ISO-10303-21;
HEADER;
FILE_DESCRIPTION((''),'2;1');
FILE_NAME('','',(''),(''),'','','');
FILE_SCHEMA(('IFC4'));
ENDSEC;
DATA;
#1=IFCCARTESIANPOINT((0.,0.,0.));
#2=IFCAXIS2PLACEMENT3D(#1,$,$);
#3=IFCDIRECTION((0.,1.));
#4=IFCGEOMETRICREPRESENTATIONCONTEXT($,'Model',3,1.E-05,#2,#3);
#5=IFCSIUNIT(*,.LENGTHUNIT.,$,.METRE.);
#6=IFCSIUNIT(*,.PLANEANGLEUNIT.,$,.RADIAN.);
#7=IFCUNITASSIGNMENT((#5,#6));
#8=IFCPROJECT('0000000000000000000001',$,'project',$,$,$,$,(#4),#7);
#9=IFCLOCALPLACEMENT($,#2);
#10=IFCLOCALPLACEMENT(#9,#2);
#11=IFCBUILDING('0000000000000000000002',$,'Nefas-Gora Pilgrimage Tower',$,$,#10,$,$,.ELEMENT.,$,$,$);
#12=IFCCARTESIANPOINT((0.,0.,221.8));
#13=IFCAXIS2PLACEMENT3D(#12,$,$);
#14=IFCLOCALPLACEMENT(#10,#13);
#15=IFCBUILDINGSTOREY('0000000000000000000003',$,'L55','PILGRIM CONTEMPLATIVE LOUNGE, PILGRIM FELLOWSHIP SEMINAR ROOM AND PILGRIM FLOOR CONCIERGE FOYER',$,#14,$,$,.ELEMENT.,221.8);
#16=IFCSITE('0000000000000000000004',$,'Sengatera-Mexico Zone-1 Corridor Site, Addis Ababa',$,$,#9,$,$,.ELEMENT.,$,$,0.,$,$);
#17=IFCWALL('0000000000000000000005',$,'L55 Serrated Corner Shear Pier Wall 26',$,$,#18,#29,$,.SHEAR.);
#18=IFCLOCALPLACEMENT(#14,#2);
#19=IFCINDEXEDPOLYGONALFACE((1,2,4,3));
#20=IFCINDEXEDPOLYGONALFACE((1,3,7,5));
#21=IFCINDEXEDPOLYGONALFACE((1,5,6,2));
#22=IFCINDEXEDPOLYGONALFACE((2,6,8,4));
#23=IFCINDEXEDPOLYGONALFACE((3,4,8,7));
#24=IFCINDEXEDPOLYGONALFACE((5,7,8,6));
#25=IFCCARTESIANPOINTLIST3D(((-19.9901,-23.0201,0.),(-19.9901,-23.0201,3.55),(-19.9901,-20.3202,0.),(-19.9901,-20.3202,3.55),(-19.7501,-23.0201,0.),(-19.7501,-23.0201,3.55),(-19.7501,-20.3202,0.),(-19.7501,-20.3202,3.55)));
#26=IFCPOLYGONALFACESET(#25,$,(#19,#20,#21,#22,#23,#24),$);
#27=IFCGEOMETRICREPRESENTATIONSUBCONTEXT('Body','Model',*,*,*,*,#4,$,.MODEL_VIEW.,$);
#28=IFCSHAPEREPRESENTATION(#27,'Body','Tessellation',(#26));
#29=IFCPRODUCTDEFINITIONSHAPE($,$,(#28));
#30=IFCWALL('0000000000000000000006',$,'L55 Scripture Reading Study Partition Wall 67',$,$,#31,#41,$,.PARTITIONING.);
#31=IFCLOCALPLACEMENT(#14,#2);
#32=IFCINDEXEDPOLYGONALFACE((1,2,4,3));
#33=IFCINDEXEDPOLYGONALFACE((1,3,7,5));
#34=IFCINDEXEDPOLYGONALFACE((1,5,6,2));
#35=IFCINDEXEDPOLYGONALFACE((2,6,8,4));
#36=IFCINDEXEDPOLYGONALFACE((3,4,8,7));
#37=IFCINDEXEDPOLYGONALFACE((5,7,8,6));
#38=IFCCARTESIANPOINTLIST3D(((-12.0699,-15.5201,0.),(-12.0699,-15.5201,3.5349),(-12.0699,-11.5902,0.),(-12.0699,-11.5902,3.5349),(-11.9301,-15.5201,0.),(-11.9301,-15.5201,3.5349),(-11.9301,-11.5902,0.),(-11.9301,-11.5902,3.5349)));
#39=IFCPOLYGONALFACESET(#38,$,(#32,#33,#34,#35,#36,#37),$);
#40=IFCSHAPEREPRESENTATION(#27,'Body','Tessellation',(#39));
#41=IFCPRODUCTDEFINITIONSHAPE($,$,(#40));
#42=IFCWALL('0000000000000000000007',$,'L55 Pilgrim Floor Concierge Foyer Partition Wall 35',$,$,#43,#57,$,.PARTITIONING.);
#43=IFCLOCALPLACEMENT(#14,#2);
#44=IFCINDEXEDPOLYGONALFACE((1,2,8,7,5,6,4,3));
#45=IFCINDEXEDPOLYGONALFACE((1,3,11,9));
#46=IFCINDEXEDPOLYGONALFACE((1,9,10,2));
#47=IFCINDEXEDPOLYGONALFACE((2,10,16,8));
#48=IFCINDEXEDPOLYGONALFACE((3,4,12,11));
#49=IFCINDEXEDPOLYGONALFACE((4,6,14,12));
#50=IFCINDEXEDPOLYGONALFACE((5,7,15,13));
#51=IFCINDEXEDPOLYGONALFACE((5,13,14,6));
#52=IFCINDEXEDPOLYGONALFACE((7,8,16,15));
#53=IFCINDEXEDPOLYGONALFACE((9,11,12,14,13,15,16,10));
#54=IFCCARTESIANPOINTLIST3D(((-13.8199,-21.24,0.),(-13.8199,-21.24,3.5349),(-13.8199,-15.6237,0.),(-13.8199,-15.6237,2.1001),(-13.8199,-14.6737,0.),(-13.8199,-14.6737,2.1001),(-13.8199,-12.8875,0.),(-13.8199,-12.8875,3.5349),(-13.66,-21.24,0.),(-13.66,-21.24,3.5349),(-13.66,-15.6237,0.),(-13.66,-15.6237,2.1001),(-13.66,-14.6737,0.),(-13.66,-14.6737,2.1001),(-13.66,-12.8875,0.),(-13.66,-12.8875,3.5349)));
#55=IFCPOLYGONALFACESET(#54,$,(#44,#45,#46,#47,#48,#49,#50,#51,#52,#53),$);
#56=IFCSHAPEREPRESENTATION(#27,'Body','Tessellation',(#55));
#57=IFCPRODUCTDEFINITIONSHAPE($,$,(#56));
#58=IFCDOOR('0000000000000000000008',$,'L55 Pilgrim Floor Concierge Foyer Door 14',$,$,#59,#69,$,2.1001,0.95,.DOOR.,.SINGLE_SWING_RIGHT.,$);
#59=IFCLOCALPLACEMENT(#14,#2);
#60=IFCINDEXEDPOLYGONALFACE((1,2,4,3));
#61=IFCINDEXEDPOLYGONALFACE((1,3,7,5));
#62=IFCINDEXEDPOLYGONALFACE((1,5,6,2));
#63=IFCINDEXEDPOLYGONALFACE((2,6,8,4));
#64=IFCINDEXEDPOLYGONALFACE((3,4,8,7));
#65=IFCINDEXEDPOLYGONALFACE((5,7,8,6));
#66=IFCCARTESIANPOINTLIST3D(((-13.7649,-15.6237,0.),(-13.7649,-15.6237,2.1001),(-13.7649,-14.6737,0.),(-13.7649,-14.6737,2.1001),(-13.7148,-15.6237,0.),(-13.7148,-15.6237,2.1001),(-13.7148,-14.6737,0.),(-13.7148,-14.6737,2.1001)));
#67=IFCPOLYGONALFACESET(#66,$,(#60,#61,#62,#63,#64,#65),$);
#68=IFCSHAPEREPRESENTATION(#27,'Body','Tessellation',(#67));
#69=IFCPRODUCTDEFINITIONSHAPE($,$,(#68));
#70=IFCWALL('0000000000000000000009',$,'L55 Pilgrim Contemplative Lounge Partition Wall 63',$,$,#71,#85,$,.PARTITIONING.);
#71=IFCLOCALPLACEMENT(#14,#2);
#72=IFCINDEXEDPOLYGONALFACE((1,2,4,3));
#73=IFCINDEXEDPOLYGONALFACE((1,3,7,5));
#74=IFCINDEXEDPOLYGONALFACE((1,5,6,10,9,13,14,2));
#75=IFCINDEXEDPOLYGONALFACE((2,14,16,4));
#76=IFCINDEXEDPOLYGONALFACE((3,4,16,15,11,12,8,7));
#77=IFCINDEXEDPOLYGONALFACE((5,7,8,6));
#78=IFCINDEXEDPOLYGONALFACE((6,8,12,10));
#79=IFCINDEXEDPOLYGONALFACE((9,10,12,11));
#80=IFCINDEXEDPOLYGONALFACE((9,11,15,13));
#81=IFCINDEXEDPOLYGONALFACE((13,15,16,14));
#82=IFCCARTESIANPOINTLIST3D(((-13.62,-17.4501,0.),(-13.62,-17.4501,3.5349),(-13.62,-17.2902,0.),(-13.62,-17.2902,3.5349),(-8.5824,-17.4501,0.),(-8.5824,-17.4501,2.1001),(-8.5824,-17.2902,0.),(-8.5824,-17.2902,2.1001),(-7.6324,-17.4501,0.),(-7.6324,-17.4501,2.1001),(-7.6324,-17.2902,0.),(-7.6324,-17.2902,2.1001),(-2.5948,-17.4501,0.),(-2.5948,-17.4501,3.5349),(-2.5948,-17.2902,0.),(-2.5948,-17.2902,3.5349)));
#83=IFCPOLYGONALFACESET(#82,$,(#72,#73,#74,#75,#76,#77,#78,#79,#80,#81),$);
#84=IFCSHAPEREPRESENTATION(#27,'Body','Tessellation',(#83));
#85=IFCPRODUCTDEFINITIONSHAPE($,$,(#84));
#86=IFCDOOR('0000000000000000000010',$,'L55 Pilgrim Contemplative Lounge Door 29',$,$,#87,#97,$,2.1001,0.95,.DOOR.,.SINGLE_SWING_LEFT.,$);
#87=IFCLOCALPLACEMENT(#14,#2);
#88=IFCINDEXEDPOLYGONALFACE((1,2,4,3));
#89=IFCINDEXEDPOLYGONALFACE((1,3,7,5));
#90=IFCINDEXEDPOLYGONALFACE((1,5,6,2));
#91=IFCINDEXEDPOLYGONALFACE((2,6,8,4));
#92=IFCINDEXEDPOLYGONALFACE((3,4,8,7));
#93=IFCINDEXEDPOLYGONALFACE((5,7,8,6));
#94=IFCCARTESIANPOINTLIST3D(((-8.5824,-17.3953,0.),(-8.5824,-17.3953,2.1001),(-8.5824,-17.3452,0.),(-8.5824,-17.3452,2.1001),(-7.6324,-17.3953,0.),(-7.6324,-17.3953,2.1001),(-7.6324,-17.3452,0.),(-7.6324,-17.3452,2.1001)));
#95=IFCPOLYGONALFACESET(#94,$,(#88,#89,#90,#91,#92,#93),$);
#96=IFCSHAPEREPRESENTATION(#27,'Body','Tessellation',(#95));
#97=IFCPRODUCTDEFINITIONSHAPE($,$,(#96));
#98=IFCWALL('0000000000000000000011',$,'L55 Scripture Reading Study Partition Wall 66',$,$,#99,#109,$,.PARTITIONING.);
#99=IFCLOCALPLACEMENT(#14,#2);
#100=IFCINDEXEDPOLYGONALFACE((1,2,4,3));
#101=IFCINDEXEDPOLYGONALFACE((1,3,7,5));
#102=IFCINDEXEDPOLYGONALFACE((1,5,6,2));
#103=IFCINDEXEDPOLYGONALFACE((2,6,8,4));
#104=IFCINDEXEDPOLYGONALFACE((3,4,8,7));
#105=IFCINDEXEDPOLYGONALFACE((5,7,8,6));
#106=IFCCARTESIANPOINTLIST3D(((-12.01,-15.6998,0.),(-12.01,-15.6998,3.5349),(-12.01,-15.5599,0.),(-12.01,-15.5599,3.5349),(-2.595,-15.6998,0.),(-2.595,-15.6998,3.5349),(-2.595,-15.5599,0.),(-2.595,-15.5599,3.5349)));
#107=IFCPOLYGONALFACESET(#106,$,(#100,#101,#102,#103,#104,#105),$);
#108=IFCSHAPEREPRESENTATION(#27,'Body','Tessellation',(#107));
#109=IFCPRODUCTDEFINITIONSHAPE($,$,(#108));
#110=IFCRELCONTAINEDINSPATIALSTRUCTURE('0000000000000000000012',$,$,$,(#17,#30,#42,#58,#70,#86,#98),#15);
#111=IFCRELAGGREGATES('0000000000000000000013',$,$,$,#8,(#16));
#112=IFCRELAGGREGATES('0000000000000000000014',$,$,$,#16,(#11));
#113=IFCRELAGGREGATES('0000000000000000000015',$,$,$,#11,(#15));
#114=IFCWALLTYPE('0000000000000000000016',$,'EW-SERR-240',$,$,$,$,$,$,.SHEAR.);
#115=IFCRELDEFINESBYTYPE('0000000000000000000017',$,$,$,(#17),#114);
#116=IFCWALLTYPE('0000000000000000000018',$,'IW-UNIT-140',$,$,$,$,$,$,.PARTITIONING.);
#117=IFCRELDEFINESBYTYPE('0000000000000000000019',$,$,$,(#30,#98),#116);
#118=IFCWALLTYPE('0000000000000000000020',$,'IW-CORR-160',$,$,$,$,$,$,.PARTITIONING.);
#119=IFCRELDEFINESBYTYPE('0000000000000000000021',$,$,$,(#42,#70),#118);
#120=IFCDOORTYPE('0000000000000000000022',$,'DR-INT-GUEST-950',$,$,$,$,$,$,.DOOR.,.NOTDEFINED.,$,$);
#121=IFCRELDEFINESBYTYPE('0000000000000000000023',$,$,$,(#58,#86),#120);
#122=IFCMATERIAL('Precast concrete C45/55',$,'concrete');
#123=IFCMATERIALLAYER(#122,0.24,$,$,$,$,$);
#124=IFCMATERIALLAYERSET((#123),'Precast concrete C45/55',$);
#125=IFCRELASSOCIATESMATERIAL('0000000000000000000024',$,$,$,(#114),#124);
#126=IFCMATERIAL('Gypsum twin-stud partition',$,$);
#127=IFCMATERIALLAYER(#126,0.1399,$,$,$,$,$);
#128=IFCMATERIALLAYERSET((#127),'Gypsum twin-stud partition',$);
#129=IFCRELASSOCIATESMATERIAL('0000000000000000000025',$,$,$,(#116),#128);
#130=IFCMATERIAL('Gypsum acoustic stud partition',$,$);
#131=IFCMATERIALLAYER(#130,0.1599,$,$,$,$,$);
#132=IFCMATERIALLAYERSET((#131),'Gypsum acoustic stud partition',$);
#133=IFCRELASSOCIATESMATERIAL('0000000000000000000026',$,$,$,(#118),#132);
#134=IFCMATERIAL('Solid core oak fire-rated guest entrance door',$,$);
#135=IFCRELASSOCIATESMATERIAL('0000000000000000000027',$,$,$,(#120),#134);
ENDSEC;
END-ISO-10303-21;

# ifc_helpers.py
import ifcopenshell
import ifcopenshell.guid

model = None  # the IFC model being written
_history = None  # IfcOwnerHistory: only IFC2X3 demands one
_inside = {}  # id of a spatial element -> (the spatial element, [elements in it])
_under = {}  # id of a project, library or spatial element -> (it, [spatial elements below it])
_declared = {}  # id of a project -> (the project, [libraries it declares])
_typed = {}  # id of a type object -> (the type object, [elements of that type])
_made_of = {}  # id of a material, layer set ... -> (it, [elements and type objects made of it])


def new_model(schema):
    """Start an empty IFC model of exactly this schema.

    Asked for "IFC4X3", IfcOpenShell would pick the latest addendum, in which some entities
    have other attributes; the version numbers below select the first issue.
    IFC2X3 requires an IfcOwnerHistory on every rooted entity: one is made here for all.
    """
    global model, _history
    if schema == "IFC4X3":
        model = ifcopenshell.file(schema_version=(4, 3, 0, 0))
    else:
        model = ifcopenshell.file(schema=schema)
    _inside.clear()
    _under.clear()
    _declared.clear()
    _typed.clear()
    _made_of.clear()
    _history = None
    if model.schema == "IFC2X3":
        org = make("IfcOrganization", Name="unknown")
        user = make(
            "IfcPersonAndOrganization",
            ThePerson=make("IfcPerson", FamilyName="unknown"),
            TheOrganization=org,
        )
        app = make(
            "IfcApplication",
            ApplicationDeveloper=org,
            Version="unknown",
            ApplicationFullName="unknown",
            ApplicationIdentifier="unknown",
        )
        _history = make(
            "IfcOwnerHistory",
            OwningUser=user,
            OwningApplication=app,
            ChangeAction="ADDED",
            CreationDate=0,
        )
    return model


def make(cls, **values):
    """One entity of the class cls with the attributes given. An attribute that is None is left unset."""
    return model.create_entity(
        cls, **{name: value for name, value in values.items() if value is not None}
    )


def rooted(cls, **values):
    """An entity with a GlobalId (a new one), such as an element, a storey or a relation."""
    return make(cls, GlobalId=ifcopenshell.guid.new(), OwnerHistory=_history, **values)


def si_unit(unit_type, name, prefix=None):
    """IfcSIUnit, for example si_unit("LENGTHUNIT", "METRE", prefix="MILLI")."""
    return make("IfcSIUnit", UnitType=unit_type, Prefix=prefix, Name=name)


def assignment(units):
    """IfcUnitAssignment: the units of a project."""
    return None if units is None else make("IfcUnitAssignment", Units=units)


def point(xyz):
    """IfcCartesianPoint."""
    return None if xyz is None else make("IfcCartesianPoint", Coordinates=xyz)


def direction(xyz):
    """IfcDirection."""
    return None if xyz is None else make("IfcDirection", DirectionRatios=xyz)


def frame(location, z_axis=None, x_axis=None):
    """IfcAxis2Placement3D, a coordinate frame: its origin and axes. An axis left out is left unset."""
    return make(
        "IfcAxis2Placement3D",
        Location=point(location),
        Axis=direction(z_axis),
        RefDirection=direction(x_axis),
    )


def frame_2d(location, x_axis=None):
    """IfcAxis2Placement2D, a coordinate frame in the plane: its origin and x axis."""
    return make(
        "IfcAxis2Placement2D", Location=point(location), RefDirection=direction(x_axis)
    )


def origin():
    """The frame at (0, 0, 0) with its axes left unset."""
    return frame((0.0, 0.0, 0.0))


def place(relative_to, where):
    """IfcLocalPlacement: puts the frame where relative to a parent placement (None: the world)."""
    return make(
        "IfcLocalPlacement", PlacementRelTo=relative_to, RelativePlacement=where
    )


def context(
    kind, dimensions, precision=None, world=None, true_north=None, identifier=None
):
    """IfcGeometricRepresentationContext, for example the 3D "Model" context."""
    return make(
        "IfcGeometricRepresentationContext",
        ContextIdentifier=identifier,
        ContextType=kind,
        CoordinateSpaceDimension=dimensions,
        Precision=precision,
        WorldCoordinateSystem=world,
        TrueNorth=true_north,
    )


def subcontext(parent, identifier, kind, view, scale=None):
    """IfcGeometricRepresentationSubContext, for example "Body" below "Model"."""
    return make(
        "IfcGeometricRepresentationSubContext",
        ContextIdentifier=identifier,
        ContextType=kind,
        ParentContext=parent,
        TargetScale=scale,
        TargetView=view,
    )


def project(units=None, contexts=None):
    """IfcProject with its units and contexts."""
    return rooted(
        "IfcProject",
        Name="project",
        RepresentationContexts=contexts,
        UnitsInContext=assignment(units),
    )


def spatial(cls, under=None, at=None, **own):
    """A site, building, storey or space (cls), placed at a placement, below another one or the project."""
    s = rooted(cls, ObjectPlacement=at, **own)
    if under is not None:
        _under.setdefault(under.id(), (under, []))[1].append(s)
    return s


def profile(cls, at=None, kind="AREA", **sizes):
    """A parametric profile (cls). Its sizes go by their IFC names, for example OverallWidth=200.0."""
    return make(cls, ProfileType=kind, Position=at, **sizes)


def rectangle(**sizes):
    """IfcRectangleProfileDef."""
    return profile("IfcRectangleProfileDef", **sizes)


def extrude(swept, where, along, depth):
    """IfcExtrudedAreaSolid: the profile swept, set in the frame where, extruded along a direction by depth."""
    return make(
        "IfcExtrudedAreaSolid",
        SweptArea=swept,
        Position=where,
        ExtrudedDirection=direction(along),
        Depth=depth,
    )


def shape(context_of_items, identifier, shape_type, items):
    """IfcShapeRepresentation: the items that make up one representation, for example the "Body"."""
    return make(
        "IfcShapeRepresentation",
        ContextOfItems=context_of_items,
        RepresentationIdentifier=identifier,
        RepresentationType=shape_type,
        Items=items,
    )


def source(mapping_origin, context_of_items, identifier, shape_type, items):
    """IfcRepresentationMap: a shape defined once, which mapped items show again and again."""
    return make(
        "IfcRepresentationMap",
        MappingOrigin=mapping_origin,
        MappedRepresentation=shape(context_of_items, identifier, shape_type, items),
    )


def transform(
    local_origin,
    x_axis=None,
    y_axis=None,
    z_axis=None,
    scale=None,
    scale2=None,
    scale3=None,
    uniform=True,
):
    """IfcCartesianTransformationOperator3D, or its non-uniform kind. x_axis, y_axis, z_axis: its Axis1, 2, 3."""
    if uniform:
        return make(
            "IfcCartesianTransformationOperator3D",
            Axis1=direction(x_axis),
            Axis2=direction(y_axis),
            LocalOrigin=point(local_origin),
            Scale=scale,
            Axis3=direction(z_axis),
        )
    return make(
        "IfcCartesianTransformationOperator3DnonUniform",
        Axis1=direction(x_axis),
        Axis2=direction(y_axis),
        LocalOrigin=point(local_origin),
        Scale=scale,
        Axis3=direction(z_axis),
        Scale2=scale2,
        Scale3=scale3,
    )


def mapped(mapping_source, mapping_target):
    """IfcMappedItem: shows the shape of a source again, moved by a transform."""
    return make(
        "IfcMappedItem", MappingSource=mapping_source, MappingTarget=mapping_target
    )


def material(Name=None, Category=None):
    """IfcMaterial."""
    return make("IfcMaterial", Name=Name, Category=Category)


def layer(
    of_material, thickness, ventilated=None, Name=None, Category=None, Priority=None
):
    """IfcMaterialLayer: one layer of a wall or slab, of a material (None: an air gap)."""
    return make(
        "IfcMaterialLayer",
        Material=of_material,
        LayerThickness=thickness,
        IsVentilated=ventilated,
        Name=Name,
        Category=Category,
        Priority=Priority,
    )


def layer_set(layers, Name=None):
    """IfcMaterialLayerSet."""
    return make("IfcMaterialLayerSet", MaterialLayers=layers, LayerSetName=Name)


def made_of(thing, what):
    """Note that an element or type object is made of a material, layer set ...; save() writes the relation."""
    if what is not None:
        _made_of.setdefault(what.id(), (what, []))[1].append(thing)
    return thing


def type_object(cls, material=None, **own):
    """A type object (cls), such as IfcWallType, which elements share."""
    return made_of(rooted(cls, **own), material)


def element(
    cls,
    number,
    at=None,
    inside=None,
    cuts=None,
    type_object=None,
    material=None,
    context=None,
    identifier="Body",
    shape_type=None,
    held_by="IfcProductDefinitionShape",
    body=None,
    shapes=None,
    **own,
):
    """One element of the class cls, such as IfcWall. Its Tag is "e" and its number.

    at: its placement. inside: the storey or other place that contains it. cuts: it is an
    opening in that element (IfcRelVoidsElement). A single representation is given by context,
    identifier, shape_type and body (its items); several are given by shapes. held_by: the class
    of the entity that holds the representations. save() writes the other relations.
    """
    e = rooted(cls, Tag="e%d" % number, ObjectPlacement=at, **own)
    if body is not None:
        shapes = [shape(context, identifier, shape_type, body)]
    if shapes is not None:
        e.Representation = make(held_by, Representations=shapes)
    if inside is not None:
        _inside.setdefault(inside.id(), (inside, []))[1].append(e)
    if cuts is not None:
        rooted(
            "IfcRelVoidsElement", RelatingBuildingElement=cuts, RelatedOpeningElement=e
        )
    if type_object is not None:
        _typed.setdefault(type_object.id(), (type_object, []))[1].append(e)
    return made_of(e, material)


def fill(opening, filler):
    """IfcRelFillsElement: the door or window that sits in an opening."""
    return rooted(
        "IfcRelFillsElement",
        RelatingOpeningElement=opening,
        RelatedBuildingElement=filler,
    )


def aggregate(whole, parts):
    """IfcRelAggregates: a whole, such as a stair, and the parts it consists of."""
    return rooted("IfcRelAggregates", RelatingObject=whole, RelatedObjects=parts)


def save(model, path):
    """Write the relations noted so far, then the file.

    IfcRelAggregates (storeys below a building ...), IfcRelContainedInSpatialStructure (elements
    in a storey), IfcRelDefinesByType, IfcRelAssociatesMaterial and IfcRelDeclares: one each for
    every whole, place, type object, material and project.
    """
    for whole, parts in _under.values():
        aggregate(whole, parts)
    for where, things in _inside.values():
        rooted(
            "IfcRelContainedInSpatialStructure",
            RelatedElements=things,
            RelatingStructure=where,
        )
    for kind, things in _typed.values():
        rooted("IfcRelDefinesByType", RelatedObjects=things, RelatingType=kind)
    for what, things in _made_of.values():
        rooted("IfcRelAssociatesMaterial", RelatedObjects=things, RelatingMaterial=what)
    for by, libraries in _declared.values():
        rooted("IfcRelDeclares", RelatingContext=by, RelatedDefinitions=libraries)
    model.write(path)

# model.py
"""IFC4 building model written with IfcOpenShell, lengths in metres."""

from ifc_helpers import new_model, si_unit, direction, frame, frame_2d, origin, place, context, subcontext, project, spatial, rectangle, extrude, source, transform, mapped, material, layer, layer_set, type_object, element, fill, save


model = new_model("IFC4")

# Units and contexts
model_context = context("Model", 3, precision=1e-05, world=origin(), true_north=direction((0.0, 1.0)))
body_context = subcontext(model_context, "Body", "Model", "MODEL_VIEW")
ifc_project = project(units=[si_unit("LENGTHUNIT", "METRE"), si_unit("PLANEANGLEUNIT", "RADIAN")], contexts=[model_context])

# Site, building, storey
site_placement = place(None, origin())
site = spatial("IfcSite", under=ifc_project, at=site_placement, Name="Sengatera-Mexico Zone-1 Corridor Site, Addis Ababa", CompositionType="ELEMENT", RefElevation=0.0)
building_placement = place(site_placement, origin())
building = spatial("IfcBuilding", under=site, at=building_placement, Name="Nefas-Gora Pilgrimage Tower", CompositionType="ELEMENT")
storey_placement = place(building_placement, frame((0.0, 0.0, 221.8)))
storey = spatial("IfcBuildingStorey", under=building, at=storey_placement, Name="L55", Description="PILGRIM CONTEMPLATIVE LOUNGE, PILGRIM FELLOWSHIP SEMINAR ROOM AND PILGRIM FLOOR CONCIERGE FOYER", CompositionType="ELEMENT", Elevation=221.8)

# Shared definitions
ifc_material_1 = material(Name="Precast concrete C45/55", Category="concrete")
ifc_layer_1 = layer(ifc_material_1, 0.24)
ifc_layer_set_1 = layer_set([ifc_layer_1], Name="Precast concrete C45/55")
wall_type_1 = type_object("IfcWallType", Name="EW-SERR-240", PredefinedType="SHEAR", material=ifc_layer_set_1)
shared_shape_1 = source(origin(), body_context, "Body", "SweptSolid", [
    extrude(rectangle(XDim=2.7, YDim=0.24, at=frame_2d((1.3501, 0.0))), origin(), (0.0, 0.0, 1.0), 3.55),
])

# Walls
wall_1_placement = place(storey_placement, frame((-19.8701, -20.3201, 0.0), z_axis=(0.0, 0.0, 1.0), x_axis=(0.0, -1.0, 0.0)))
element("IfcWall", 1, at=wall_1_placement, inside=storey, type_object=wall_type_1, Name="L55 Serrated Corner Shear Pier Wall 26", PredefinedType="SHEAR", context=body_context, shape_type="MappedRepresentation", body=[
    mapped(shared_shape_1, transform((0.0, 0.0, 0.0), x_axis=(1.0, 0.0, 0.0), y_axis=(0.0, 1.0, 0.0), z_axis=(0.0, 0.0, 1.0), scale=1.0)),
])
ifc_material_2 = material(Name="Gypsum twin-stud partition")
ifc_layer_2 = layer(ifc_material_2, 0.1399)
ifc_layer_set_2 = layer_set([ifc_layer_2], Name="Gypsum twin-stud partition")
wall_type_2 = type_object("IfcWallType", Name="IW-UNIT-140", PredefinedType="PARTITIONING", material=ifc_layer_set_2)
shared_shape_2 = source(origin(), body_context, "Body", "SweptSolid", [
    extrude(rectangle(XDim=3.9299, YDim=0.1399, at=frame_2d((1.9648, 0.0))), origin(), (0.0, 0.0, 1.0), 3.5349),
])
wall_2_placement = place(storey_placement, frame((-12.0, -15.52, 0.0), z_axis=(0.0, 0.0, 1.0), x_axis=(0.0, 1.0, 0.0)))
element("IfcWall", 2, at=wall_2_placement, inside=storey, type_object=wall_type_2, Name="L55 Scripture Reading Study Partition Wall 67", PredefinedType="PARTITIONING", context=body_context, shape_type="MappedRepresentation", body=[
    mapped(shared_shape_2, transform((0.0, 0.0, 0.0), x_axis=(1.0, 0.0, 0.0), y_axis=(0.0, 1.0, 0.0), z_axis=(0.0, 0.0, 1.0), scale=1.0)),
])

# Walls, openings, doors
ifc_material_3 = material(Name="Gypsum acoustic stud partition")
ifc_layer_3 = layer(ifc_material_3, 0.1599)
ifc_layer_set_3 = layer_set([ifc_layer_3], Name="Gypsum acoustic stud partition")
wall_type_3 = type_object("IfcWallType", Name="IW-CORR-160", PredefinedType="PARTITIONING", material=ifc_layer_set_3)
shared_shape_3 = source(origin(), body_context, "Body", "SweptSolid", [
    extrude(rectangle(XDim=8.3525, YDim=0.1599, at=frame_2d((4.1763, 0.0))), origin(), (0.0, 0.0, 1.0), 3.5349),
])
wall_3_placement = place(storey_placement, frame((-13.74, -21.24, 0.0), z_axis=(0.0, 0.0, 1.0), x_axis=(0.0, 1.0, 0.0)))
wall_3 = element("IfcWall", 3, at=wall_3_placement, inside=storey, type_object=wall_type_3, Name="L55 Pilgrim Floor Concierge Foyer Partition Wall 35", PredefinedType="PARTITIONING", context=body_context, shape_type="MappedRepresentation", body=[
    mapped(shared_shape_3, transform((0.0, 0.0, 0.0), x_axis=(1.0, 0.0, 0.0), y_axis=(0.0, 1.0, 0.0), z_axis=(0.0, 0.0, 1.0), scale=1.0)),
])
opening_1_placement = place(wall_3_placement, frame((5.6162, 0.0, 0.0)))
opening_1 = element("IfcOpeningElement", 4, at=opening_1_placement, cuts=wall_3, PredefinedType="OPENING", context=body_context, shape_type="SweptSolid", body=[
    extrude(rectangle(XDim=0.95, YDim=2.1001, at=frame_2d((0.4751, 1.05))), frame((0.0, 0.0898, 0.0), z_axis=(0.0, -1.0, 0.0), x_axis=(1.0, 0.0, 0.0)), (0.0, 0.0, 1.0), 0.1799),
])
ifc_material_4 = material(Name="Solid core oak fire-rated guest entrance door")
door_type = type_object("IfcDoorType", Name="DR-INT-GUEST-950", OperationType="NOTDEFINED", PredefinedType="DOOR", material=ifc_material_4)
shared_shape_4 = source(origin(), body_context, "Body", "SweptSolid", [
    extrude(rectangle(XDim=0.95, YDim=2.1001, at=frame_2d((0.4751, 1.05))), frame((0.0, 0.0249, 0.0), z_axis=(0.0, -1.0, 0.0), x_axis=(1.0, 0.0, 0.0)), (0.0, 0.0, 1.0), 0.05),
])
door_1_placement = place(opening_1_placement, origin())
door_1 = element("IfcDoor", 5, at=door_1_placement, inside=storey, type_object=door_type, Name="L55 Pilgrim Floor Concierge Foyer Door 14", OperationType="SINGLE_SWING_RIGHT", OverallHeight=2.1001, OverallWidth=0.95, PredefinedType="DOOR", context=body_context, shape_type="MappedRepresentation", body=[
    mapped(shared_shape_4, transform((0.0, 0.0, 0.0), x_axis=(1.0, 0.0, 0.0), y_axis=(0.0, 1.0, 0.0), z_axis=(0.0, 0.0, 1.0), scale=1.0)),
])
fill(opening_1, door_1)
shared_shape_5 = source(origin(), body_context, "Body", "SweptSolid", [
    extrude(rectangle(XDim=11.0251, YDim=0.1599, at=frame_2d((5.5127, 0.0))), origin(), (0.0, 0.0, 1.0), 3.5349),
])
wall_4_placement = place(storey_placement, frame((-13.6201, -17.3701, 0.0), z_axis=(0.0, 0.0, 1.0), x_axis=(1.0, 0.0, 0.0)))
wall_4 = element("IfcWall", 6, at=wall_4_placement, inside=storey, type_object=wall_type_3, Name="L55 Pilgrim Contemplative Lounge Partition Wall 63", PredefinedType="PARTITIONING", context=body_context, shape_type="MappedRepresentation", body=[
    mapped(shared_shape_5, transform((0.0, 0.0, 0.0), x_axis=(1.0, 0.0, 0.0), y_axis=(0.0, 1.0, 0.0), z_axis=(0.0, 0.0, 1.0), scale=1.0)),
])
opening_2_placement = place(wall_4_placement, frame((5.0376, 0.0, 0.0)))
opening_2 = element("IfcOpeningElement", 7, at=opening_2_placement, cuts=wall_4, PredefinedType="OPENING", context=body_context, shape_type="SweptSolid", body=[
    extrude(rectangle(XDim=0.95, YDim=2.1001, at=frame_2d((0.4751, 1.05))), frame((0.0, 0.0898, 0.0), z_axis=(0.0, -1.0, 0.0), x_axis=(1.0, 0.0, 0.0)), (0.0, 0.0, 1.0), 0.1799),
])
door_2_placement = place(opening_2_placement, origin())
door_2 = element("IfcDoor", 8, at=door_2_placement, inside=storey, type_object=door_type, Name="L55 Pilgrim Contemplative Lounge Door 29", OperationType="SINGLE_SWING_LEFT", OverallHeight=2.1001, OverallWidth=0.95, PredefinedType="DOOR", context=body_context, shape_type="MappedRepresentation", body=[
    mapped(shared_shape_4, transform((0.0, 0.0, 0.0), x_axis=(1.0, 0.0, 0.0), y_axis=(0.0, 1.0, 0.0), z_axis=(0.0, 0.0, 1.0), scale=1.0)),
])
fill(opening_2, door_2)

# Wall
shared_shape_6 = source(origin(), body_context, "Body", "SweptSolid", [
    extrude(rectangle(XDim=9.415, YDim=0.1399, at=frame_2d((4.7075, 0.0))), origin(), (0.0, 0.0, 1.0), 3.5349),
])
wall_5_placement = place(storey_placement, frame((-12.01, -15.6299, 0.0), z_axis=(0.0, 0.0, 1.0), x_axis=(1.0, 0.0, 0.0)))
element("IfcWall", 9, at=wall_5_placement, inside=storey, type_object=wall_type_2, Name="L55 Scripture Reading Study Partition Wall 66", PredefinedType="PARTITIONING", context=body_context, shape_type="MappedRepresentation", body=[
    mapped(shared_shape_6, transform((0.0, 0.0, 0.0), x_axis=(1.0, 0.0, 0.0), y_axis=(0.0, 1.0, 0.0), z_axis=(0.0, 0.0, 1.0), scale=1.0)),
])

save(model, "model.ifc")
